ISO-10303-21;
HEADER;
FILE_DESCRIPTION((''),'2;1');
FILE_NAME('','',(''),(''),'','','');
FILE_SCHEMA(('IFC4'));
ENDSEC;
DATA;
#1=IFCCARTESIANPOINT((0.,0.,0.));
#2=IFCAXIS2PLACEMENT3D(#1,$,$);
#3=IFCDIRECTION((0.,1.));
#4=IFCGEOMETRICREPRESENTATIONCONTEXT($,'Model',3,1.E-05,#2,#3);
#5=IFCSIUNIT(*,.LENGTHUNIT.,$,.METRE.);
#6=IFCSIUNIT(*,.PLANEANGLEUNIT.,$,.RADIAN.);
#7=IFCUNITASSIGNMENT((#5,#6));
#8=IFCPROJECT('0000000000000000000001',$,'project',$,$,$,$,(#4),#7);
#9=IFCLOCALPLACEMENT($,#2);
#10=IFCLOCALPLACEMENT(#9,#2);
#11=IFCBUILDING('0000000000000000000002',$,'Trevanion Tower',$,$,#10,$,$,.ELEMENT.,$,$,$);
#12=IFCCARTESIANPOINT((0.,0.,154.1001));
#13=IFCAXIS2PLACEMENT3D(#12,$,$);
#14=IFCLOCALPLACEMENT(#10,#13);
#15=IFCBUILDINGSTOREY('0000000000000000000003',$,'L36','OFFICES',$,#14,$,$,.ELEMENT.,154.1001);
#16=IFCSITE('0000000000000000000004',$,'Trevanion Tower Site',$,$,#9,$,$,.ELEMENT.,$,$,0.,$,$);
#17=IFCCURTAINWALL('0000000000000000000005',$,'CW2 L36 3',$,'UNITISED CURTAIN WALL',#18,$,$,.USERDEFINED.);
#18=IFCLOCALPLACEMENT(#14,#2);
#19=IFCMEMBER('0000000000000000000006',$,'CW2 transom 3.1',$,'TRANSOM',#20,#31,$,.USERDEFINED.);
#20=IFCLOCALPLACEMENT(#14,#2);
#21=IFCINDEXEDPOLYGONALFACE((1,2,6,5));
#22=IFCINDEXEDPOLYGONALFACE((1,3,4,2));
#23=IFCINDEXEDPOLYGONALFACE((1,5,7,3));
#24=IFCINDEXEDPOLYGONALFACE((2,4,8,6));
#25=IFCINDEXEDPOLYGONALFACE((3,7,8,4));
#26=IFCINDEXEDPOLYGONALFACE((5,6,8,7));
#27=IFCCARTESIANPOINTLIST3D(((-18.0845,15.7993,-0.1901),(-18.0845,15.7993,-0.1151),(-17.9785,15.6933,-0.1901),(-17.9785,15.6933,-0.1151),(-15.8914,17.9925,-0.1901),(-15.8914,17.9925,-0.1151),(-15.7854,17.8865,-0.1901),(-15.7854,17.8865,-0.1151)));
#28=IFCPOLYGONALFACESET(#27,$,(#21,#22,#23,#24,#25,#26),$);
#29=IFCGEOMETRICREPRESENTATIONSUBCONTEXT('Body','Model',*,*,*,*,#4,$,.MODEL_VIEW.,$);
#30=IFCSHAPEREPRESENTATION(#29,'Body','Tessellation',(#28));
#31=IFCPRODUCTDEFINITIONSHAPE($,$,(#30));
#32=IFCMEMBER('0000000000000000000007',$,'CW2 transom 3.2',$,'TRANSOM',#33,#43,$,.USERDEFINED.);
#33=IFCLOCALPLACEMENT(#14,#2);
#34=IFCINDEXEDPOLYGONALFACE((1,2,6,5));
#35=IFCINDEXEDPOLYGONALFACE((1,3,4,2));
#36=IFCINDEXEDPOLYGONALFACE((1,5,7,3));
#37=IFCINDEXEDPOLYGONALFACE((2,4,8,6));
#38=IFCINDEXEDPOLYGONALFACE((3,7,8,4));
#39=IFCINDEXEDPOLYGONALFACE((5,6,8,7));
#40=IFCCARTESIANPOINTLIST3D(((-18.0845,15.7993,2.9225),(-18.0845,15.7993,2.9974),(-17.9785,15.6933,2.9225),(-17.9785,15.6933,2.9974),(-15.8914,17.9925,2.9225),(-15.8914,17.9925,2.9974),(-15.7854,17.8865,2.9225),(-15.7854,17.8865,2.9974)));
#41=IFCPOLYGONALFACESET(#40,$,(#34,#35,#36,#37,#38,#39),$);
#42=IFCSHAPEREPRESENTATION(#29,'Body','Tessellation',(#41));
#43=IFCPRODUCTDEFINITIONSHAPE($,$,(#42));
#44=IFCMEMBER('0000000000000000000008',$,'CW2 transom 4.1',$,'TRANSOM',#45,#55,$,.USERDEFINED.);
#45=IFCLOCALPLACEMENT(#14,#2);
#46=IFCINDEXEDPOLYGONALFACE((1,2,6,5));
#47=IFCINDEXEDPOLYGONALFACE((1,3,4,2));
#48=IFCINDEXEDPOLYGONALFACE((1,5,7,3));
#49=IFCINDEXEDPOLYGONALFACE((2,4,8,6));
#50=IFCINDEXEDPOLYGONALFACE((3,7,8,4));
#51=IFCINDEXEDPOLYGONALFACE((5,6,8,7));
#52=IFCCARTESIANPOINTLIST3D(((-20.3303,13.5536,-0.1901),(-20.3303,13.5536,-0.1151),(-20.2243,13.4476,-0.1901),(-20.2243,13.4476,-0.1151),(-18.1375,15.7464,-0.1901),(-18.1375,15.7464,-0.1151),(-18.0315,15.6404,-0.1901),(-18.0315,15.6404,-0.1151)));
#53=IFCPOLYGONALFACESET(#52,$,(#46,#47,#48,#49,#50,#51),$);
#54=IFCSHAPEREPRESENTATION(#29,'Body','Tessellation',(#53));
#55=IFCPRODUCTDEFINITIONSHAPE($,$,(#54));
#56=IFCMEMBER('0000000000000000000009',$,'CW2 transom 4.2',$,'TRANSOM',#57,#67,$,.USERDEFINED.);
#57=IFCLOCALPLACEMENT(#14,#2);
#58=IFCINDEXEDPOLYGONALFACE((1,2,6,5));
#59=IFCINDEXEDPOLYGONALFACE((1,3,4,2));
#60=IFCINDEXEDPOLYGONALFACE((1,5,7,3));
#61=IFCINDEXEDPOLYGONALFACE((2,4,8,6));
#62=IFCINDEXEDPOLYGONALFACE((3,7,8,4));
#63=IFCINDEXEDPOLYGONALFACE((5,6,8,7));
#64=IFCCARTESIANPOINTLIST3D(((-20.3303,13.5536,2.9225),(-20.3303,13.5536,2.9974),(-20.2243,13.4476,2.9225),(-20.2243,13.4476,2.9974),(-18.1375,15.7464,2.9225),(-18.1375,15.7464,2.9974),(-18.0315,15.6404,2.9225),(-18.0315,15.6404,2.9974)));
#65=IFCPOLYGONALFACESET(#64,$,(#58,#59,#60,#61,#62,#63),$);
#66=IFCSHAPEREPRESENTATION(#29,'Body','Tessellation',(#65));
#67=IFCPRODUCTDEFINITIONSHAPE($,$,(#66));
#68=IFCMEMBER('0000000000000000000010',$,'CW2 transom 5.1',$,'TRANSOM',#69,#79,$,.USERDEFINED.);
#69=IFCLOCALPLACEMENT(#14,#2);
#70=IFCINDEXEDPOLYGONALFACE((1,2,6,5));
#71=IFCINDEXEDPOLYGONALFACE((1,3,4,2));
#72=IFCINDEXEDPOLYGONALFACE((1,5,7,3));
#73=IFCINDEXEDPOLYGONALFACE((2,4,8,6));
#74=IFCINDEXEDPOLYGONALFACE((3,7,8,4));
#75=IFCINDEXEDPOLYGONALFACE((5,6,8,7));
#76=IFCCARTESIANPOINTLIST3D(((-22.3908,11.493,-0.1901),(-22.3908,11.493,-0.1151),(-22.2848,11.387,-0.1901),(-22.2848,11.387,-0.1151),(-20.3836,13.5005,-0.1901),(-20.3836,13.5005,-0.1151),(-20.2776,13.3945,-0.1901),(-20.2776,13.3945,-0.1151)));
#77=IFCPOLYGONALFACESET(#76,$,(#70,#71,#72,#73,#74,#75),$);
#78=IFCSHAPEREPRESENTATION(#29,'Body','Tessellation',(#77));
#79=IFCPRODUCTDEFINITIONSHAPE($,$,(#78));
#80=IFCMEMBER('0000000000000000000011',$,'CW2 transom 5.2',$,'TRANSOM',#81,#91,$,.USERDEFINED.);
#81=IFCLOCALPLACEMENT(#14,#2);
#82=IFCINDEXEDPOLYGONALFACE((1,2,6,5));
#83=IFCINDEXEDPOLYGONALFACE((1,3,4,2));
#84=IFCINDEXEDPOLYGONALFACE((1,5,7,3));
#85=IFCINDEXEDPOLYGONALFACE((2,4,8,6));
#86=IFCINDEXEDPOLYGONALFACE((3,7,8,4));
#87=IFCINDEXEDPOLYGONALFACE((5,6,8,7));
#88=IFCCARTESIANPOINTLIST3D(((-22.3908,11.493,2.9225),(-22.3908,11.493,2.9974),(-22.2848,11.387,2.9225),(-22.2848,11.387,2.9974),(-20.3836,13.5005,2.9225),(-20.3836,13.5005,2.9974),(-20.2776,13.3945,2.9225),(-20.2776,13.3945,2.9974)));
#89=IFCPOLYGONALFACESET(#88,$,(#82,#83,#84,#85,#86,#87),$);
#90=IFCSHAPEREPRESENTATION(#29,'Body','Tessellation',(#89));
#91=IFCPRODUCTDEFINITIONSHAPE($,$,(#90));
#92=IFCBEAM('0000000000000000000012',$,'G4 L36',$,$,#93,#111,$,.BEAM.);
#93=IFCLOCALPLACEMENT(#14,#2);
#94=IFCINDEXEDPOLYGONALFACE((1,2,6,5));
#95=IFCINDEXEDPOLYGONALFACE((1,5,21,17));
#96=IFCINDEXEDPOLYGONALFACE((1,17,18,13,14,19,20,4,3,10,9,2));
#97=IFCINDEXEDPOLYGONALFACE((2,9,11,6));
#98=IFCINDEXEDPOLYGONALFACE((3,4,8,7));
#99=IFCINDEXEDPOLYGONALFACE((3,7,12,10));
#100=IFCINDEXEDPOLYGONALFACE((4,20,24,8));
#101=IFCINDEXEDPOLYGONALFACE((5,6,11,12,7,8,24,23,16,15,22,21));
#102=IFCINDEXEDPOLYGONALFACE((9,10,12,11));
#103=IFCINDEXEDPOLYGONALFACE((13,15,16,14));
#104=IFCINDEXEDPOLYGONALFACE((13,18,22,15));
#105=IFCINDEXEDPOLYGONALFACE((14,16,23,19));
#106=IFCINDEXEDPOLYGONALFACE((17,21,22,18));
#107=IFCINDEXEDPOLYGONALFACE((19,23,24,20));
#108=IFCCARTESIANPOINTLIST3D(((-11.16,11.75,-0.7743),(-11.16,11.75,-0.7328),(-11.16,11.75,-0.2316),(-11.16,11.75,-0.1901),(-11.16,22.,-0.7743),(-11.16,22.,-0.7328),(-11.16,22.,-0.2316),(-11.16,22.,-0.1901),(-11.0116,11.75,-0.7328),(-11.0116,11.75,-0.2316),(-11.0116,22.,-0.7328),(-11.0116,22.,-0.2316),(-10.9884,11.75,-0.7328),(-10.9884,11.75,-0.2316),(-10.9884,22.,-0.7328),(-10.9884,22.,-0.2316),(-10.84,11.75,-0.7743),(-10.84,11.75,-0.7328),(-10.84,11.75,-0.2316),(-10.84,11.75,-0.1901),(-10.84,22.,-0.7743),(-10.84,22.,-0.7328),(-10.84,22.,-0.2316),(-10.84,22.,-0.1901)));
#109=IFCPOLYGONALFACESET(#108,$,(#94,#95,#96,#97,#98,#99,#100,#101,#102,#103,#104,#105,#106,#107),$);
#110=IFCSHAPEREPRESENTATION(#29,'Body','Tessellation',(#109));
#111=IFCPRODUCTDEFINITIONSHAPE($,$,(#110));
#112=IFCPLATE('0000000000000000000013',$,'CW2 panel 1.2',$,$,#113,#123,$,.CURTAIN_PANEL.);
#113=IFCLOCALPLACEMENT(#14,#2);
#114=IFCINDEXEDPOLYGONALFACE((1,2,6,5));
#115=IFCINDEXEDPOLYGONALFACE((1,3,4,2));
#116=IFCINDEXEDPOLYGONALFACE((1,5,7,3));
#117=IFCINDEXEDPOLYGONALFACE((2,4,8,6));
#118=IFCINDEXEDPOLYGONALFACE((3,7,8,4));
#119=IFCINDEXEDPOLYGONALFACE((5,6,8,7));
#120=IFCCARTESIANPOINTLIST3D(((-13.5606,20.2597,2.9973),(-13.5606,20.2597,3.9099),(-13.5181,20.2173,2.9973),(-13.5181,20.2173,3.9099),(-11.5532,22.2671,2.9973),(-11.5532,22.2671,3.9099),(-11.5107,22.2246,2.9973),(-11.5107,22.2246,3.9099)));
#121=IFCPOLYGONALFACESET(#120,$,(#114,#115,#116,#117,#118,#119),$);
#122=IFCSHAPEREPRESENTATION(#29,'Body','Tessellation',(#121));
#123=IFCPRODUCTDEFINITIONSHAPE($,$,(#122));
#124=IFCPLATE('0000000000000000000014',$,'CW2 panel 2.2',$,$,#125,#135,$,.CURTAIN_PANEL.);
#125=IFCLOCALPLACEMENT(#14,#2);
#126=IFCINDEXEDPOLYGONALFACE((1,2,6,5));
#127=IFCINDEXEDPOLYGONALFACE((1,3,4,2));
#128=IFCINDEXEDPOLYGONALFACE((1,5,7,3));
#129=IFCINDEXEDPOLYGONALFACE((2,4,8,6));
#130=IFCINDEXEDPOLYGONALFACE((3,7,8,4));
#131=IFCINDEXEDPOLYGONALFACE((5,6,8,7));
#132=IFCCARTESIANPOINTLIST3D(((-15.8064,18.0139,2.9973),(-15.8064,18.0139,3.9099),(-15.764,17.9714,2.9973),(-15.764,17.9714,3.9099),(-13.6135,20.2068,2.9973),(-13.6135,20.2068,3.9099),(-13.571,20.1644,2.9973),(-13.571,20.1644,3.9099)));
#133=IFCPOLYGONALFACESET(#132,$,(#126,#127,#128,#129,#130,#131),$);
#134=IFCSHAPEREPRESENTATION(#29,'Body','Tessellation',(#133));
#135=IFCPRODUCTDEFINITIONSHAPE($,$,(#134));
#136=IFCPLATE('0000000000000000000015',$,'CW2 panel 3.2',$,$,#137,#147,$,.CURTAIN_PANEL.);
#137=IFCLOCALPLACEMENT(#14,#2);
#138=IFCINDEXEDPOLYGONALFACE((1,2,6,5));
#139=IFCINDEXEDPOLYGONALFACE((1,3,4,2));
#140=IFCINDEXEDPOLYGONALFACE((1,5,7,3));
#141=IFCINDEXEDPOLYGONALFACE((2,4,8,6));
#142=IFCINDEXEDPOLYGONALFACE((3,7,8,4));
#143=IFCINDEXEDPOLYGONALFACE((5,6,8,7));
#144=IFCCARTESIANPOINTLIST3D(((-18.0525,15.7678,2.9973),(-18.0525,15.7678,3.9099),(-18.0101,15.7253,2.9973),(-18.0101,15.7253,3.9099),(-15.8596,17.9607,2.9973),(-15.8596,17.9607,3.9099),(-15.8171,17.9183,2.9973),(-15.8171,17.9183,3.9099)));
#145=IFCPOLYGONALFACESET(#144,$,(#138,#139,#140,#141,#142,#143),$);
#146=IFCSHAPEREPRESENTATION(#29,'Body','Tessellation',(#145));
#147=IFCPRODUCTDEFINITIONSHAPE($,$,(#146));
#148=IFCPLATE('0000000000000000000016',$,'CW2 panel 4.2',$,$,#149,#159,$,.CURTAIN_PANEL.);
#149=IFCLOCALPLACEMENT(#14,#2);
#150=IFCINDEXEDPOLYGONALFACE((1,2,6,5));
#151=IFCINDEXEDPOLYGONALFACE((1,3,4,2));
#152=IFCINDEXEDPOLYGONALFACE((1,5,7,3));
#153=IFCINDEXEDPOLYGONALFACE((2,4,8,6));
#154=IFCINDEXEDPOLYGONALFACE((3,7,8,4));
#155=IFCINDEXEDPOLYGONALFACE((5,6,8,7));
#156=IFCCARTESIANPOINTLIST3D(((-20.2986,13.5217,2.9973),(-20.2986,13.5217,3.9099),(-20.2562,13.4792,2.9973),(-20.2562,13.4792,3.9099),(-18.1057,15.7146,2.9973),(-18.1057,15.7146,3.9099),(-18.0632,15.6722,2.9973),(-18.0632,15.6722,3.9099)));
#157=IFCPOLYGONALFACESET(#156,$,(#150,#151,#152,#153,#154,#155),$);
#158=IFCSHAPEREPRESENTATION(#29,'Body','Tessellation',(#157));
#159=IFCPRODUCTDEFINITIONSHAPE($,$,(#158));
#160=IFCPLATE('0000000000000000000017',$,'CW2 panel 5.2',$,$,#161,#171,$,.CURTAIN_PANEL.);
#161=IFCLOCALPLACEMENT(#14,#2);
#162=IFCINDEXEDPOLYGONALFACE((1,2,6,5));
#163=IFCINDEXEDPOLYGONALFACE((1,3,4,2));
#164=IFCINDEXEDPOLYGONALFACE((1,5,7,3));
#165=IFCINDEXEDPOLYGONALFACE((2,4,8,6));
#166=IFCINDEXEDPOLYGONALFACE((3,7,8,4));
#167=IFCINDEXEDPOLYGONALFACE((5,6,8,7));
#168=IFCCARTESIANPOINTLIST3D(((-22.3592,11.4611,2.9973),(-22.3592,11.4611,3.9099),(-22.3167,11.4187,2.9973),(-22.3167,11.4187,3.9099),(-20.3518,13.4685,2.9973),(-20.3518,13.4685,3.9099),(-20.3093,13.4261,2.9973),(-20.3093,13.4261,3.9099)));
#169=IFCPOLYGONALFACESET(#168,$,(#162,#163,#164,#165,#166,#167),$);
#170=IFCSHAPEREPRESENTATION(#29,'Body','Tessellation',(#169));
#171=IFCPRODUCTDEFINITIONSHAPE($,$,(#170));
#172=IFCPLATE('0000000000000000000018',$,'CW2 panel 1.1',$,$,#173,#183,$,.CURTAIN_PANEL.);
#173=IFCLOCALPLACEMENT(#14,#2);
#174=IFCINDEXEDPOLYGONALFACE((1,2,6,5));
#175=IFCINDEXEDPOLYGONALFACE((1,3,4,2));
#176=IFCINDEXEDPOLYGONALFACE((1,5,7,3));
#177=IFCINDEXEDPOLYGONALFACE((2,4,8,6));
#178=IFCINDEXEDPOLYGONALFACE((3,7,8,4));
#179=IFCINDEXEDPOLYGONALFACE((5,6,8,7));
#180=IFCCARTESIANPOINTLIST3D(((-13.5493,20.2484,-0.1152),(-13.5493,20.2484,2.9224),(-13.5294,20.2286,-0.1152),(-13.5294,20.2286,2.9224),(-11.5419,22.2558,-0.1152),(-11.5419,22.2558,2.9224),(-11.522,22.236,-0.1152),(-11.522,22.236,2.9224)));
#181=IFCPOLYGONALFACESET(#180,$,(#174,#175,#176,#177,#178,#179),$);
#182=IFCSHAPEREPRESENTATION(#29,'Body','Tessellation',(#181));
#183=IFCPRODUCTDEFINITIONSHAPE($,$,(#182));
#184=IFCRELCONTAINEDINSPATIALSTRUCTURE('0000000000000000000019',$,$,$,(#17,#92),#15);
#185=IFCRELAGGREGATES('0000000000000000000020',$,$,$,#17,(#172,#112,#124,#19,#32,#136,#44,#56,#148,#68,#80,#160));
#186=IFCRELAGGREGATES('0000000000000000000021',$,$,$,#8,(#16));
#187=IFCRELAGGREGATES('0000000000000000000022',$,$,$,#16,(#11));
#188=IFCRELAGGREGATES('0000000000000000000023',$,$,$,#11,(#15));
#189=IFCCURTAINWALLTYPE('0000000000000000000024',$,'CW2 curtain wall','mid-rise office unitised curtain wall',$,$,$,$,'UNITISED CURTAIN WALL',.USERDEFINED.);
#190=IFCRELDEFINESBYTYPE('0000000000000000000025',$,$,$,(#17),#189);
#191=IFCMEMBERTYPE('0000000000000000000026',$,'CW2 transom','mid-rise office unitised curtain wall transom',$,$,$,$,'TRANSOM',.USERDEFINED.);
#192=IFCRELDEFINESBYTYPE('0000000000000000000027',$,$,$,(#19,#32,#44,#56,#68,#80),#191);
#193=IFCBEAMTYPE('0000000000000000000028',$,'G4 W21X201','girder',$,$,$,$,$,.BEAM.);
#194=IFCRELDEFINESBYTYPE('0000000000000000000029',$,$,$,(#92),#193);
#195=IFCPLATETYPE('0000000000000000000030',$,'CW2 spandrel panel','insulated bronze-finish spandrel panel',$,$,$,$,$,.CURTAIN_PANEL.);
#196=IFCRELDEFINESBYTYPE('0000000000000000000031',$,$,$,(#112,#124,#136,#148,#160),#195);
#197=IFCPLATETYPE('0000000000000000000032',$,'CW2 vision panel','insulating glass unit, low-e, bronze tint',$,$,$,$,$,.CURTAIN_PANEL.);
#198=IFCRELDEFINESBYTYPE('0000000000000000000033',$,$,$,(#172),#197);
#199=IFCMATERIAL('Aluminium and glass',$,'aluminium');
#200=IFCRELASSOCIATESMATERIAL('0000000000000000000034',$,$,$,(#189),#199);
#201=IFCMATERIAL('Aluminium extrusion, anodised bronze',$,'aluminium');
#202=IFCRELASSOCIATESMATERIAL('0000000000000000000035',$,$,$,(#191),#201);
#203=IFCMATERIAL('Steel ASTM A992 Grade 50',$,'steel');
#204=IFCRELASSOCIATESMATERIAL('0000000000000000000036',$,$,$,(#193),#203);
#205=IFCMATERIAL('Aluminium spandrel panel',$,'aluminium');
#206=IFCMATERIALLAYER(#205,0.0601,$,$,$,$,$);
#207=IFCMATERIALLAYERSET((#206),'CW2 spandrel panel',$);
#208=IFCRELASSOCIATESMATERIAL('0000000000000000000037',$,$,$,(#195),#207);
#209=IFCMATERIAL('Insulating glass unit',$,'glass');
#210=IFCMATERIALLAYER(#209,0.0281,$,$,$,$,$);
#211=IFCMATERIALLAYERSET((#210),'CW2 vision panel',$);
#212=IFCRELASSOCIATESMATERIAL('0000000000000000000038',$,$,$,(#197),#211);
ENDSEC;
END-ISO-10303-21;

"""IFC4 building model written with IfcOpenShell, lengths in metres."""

from ifc_helpers import new_model, si_unit, direction, frame, origin, origin_2d, place, context, subcontext, project, spatial, rectangle, i_section, extrude, material, layer, layer_set, material_profile, profile_set, type_object, element, aggregate, save


model = new_model("IFC4")

# Units and contexts
model_context = context("Model", 3, precision=1e-05, world=origin(), true_north=direction((0.0, 1.0)))
body_context = subcontext(model_context, "Body", "Model", "MODEL_VIEW")
ifc_project = project(units=[si_unit("LENGTHUNIT", "METRE"), si_unit("PLANEANGLEUNIT", "RADIAN")], contexts=[model_context])

# Site, building, storey
site_placement = place(None, origin())
site = spatial("IfcSite", under=ifc_project, at=site_placement, Name="Trevanion Tower Site", CompositionType="ELEMENT", RefElevation=0.0)
building_placement = place(site_placement, origin())
building = spatial("IfcBuilding", under=site, at=building_placement, Name="Trevanion Tower", CompositionType="ELEMENT")
storey_placement = place(building_placement, frame((0.0, 0.0, 154.1001)))
storey = spatial("IfcBuildingStorey", under=building, at=storey_placement, Name="L36", Description="OFFICES", CompositionType="ELEMENT", Elevation=154.1001)

# Curtain wall
ifc_material_1 = material(Name="Aluminium and glass", Category="aluminium")
curtain_wall_type = type_object("IfcCurtainWallType", Name="CW2 curtain wall", Description="mid-rise office unitised curtain wall", ElementType="UNITISED CURTAIN WALL", PredefinedType="USERDEFINED", material=ifc_material_1)
curtain_wall_1_placement = place(storey_placement, origin())
curtain_wall_1 = element("IfcCurtainWall", 1, at=curtain_wall_1_placement, inside=storey, type_object=curtain_wall_type, Name="CW2 L36 3", ObjectType="UNITISED CURTAIN WALL", PredefinedType="USERDEFINED")

# Members
ifc_material_2 = material(Name="Aluminium extrusion, anodised bronze", Category="aluminium")
ifc_material_profile_1 = material_profile(ifc_material_2, rectangle(XDim=0.1499, YDim=0.075, at=origin_2d()), Name="CW2 transom")
ifc_profile_set_1 = profile_set([ifc_material_profile_1], Name="Aluminium extrusion, anodised bronze")
member_type_1 = type_object("IfcMemberType", Name="CW2 transom", Description="mid-rise office unitised curtain wall transom", ElementType="TRANSOM", PredefinedType="USERDEFINED", material=ifc_profile_set_1)
member_1_placement = place(storey_placement, frame((-15.8384, 17.9395, -0.1526), z_axis=(-0.707107, -0.707107, 0.0), x_axis=(0.707107, -0.707107, 0.0)))
member_1 = element("IfcMember", 2, at=member_1_placement, type_object=member_type_1, Name="CW2 transom 3.1", ObjectType="TRANSOM", PredefinedType="USERDEFINED", context=body_context, shape_type="SweptSolid", body=[
    extrude(rectangle(XDim=0.1499, YDim=0.075, at=origin_2d()), origin(), (0.0, 0.0, 1.0), 3.1016),
])
member_2_placement = place(storey_placement, frame((-15.8384, 17.9395, 2.96), z_axis=(-0.707107, -0.707107, 0.0), x_axis=(0.707107, -0.707107, 0.0)))
member_2 = element("IfcMember", 3, at=member_2_placement, type_object=member_type_1, Name="CW2 transom 3.2", ObjectType="TRANSOM", PredefinedType="USERDEFINED", context=body_context, shape_type="SweptSolid", body=[
    extrude(rectangle(XDim=0.1499, YDim=0.075, at=origin_2d()), origin(), (0.0, 0.0, 1.0), 3.1016),
])
member_3_placement = place(storey_placement, frame((-18.0845, 15.6934, -0.1526), z_axis=(-0.707107, -0.707107, 0.0), x_axis=(0.707107, -0.707107, 0.0)))
member_3 = element("IfcMember", 4, at=member_3_placement, type_object=member_type_1, Name="CW2 transom 4.1", ObjectType="TRANSOM", PredefinedType="USERDEFINED", context=body_context, shape_type="SweptSolid", body=[
    extrude(rectangle(XDim=0.1499, YDim=0.075, at=origin_2d()), origin(), (0.0, 0.0, 1.0), 3.1011),
])
member_4_placement = place(storey_placement, frame((-18.0845, 15.6934, 2.96), z_axis=(-0.707107, -0.707107, 0.0), x_axis=(0.707107, -0.707107, 0.0)))
member_4 = element("IfcMember", 5, at=member_4_placement, type_object=member_type_1, Name="CW2 transom 4.2", ObjectType="TRANSOM", PredefinedType="USERDEFINED", context=body_context, shape_type="SweptSolid", body=[
    extrude(rectangle(XDim=0.1499, YDim=0.075, at=origin_2d()), origin(), (0.0, 0.0, 1.0), 3.1011),
])
member_5_placement = place(storey_placement, frame((-20.3306, 13.4475, -0.1526), z_axis=(-0.707064, -0.70715, 0.0), x_axis=(0.70715, -0.707064, 0.0)))
member_5 = element("IfcMember", 6, at=member_5_placement, type_object=member_type_1, Name="CW2 transom 5.1", ObjectType="TRANSOM", PredefinedType="USERDEFINED", context=body_context, shape_type="SweptSolid", body=[
    extrude(rectangle(XDim=0.1499, YDim=0.075, at=origin_2d()), origin(), (0.0, 0.0, 1.0), 2.8389),
])
member_6_placement = place(storey_placement, frame((-20.3306, 13.4475, 2.96), z_axis=(-0.707064, -0.70715, 0.0), x_axis=(0.70715, -0.707064, 0.0)))
member_6 = element("IfcMember", 7, at=member_6_placement, type_object=member_type_1, Name="CW2 transom 5.2", ObjectType="TRANSOM", PredefinedType="USERDEFINED", context=body_context, shape_type="SweptSolid", body=[
    extrude(rectangle(XDim=0.1499, YDim=0.075, at=origin_2d()), origin(), (0.0, 0.0, 1.0), 2.8389),
])

# Beam
ifc_material_3 = material(Name="Steel ASTM A992 Grade 50", Category="steel")
ifc_material_profile_2 = material_profile(ifc_material_3, i_section(OverallWidth=0.3201, OverallDepth=0.5842, WebThickness=0.0232, FlangeThickness=0.0415, at=origin_2d()), Name="W21X201")
ifc_profile_set_2 = profile_set([ifc_material_profile_2], Name="Steel ASTM A992 Grade 50")
beam_type_1 = type_object("IfcBeamType", Name="G4 W21X201", Description="girder", PredefinedType="BEAM", material=ifc_profile_set_2)
beam_1_placement = place(storey_placement, frame((-11.0, 11.75, -0.4822), z_axis=(0.0, 1.0, 0.0), x_axis=(-1.0, 0.0, 0.0)))
element("IfcBeam", 8, at=beam_1_placement, inside=storey, type_object=beam_type_1, Name="G4 L36", PredefinedType="BEAM", context=body_context, shape_type="SweptSolid", body=[
    extrude(i_section(OverallWidth=0.3201, OverallDepth=0.5842, WebThickness=0.0232, FlangeThickness=0.0415, at=origin_2d()), origin(), (0.0, 0.0, 1.0), 10.25),
])

# Plates
ifc_material_4 = material(Name="Aluminium spandrel panel", Category="aluminium")
ifc_layer_1 = layer(ifc_material_4, 0.0601)
ifc_layer_set_1 = layer_set([ifc_layer_1], Name="CW2 spandrel panel")
plate_type_1 = type_object("IfcPlateType", Name="CW2 spandrel panel", Description="insulated bronze-finish spandrel panel", PredefinedType="CURTAIN_PANEL", material=ifc_layer_set_1)
plate_1_placement = place(storey_placement, frame((-12.5356, 21.2422, 2.9973), z_axis=(0.0, 0.0, 1.0), x_axis=(-0.707107, -0.707107, 0.0)))
plate_1 = element("IfcPlate", 9, at=plate_1_placement, type_object=plate_type_1, Name="CW2 panel 1.2", PredefinedType="CURTAIN_PANEL", context=body_context, shape_type="SweptSolid", body=[
    extrude(rectangle(XDim=2.8389, YDim=0.0601, at=origin_2d()), origin(), (0.0, 0.0, 1.0), 0.9126),
])
plate_2_placement = place(storey_placement, frame((-14.6887, 19.0891, 2.9973), z_axis=(0.0, 0.0, 1.0), x_axis=(-0.707107, -0.707107, 0.0)))
plate_2 = element("IfcPlate", 10, at=plate_2_placement, type_object=plate_type_1, Name="CW2 panel 2.2", PredefinedType="CURTAIN_PANEL", context=body_context, shape_type="SweptSolid", body=[
    extrude(rectangle(XDim=3.1013, YDim=0.0601, at=origin_2d()), origin(), (0.0, 0.0, 1.0), 0.9126),
])
plate_3_placement = place(storey_placement, frame((-16.9348, 16.843, 2.9973), z_axis=(0.0, 0.0, 1.0), x_axis=(-0.707107, -0.707107, 0.0)))
plate_3 = element("IfcPlate", 11, at=plate_3_placement, type_object=plate_type_1, Name="CW2 panel 3.2", PredefinedType="CURTAIN_PANEL", context=body_context, shape_type="SweptSolid", body=[
    extrude(rectangle(XDim=3.1013, YDim=0.0601, at=origin_2d()), origin(), (0.0, 0.0, 1.0), 0.9126),
])
plate_4_placement = place(storey_placement, frame((-19.1809, 14.5969, 2.9973), z_axis=(0.0, 0.0, 1.0), x_axis=(-0.707107, -0.707107, 0.0)))
plate_4 = element("IfcPlate", 12, at=plate_4_placement, type_object=plate_type_1, Name="CW2 panel 4.2", PredefinedType="CURTAIN_PANEL", context=body_context, shape_type="SweptSolid", body=[
    extrude(rectangle(XDim=3.1013, YDim=0.0601, at=origin_2d()), origin(), (0.0, 0.0, 1.0), 0.9126),
])
plate_5_placement = place(storey_placement, frame((-21.3342, 12.4436, 2.9973), z_axis=(0.0, 0.0, 1.0), x_axis=(-0.707107, -0.707107, 0.0)))
plate_5 = element("IfcPlate", 13, at=plate_5_placement, type_object=plate_type_1, Name="CW2 panel 5.2", PredefinedType="CURTAIN_PANEL", context=body_context, shape_type="SweptSolid", body=[
    extrude(rectangle(XDim=2.8389, YDim=0.0601, at=origin_2d()), origin(), (0.0, 0.0, 1.0), 0.9126),
])
ifc_material_5 = material(Name="Insulating glass unit", Category="glass")
ifc_layer_2 = layer(ifc_material_5, 0.0281)
ifc_layer_set_2 = layer_set([ifc_layer_2], Name="CW2 vision panel")
plate_type_2 = type_object("IfcPlateType", Name="CW2 vision panel", Description="insulating glass unit, low-e, bronze tint", PredefinedType="CURTAIN_PANEL", material=ifc_layer_set_2)
plate_6_placement = place(storey_placement, frame((-12.5356, 21.2422, -0.1152), z_axis=(0.0, 0.0, 1.0), x_axis=(-0.707107, -0.707107, 0.0)))
plate_6 = element("IfcPlate", 14, at=plate_6_placement, type_object=plate_type_2, Name="CW2 panel 1.1", PredefinedType="CURTAIN_PANEL", context=body_context, shape_type="SweptSolid", body=[
    extrude(rectangle(XDim=2.8389, YDim=0.0281, at=origin_2d()), origin(), (0.0, 0.0, 1.0), 3.0376),
])
aggregate(curtain_wall_1, [plate_6, plate_1, plate_2, member_1, member_2, plate_3, member_3, member_4, plate_4, member_5, member_6, plate_5])

save(model, "model.ifc")
